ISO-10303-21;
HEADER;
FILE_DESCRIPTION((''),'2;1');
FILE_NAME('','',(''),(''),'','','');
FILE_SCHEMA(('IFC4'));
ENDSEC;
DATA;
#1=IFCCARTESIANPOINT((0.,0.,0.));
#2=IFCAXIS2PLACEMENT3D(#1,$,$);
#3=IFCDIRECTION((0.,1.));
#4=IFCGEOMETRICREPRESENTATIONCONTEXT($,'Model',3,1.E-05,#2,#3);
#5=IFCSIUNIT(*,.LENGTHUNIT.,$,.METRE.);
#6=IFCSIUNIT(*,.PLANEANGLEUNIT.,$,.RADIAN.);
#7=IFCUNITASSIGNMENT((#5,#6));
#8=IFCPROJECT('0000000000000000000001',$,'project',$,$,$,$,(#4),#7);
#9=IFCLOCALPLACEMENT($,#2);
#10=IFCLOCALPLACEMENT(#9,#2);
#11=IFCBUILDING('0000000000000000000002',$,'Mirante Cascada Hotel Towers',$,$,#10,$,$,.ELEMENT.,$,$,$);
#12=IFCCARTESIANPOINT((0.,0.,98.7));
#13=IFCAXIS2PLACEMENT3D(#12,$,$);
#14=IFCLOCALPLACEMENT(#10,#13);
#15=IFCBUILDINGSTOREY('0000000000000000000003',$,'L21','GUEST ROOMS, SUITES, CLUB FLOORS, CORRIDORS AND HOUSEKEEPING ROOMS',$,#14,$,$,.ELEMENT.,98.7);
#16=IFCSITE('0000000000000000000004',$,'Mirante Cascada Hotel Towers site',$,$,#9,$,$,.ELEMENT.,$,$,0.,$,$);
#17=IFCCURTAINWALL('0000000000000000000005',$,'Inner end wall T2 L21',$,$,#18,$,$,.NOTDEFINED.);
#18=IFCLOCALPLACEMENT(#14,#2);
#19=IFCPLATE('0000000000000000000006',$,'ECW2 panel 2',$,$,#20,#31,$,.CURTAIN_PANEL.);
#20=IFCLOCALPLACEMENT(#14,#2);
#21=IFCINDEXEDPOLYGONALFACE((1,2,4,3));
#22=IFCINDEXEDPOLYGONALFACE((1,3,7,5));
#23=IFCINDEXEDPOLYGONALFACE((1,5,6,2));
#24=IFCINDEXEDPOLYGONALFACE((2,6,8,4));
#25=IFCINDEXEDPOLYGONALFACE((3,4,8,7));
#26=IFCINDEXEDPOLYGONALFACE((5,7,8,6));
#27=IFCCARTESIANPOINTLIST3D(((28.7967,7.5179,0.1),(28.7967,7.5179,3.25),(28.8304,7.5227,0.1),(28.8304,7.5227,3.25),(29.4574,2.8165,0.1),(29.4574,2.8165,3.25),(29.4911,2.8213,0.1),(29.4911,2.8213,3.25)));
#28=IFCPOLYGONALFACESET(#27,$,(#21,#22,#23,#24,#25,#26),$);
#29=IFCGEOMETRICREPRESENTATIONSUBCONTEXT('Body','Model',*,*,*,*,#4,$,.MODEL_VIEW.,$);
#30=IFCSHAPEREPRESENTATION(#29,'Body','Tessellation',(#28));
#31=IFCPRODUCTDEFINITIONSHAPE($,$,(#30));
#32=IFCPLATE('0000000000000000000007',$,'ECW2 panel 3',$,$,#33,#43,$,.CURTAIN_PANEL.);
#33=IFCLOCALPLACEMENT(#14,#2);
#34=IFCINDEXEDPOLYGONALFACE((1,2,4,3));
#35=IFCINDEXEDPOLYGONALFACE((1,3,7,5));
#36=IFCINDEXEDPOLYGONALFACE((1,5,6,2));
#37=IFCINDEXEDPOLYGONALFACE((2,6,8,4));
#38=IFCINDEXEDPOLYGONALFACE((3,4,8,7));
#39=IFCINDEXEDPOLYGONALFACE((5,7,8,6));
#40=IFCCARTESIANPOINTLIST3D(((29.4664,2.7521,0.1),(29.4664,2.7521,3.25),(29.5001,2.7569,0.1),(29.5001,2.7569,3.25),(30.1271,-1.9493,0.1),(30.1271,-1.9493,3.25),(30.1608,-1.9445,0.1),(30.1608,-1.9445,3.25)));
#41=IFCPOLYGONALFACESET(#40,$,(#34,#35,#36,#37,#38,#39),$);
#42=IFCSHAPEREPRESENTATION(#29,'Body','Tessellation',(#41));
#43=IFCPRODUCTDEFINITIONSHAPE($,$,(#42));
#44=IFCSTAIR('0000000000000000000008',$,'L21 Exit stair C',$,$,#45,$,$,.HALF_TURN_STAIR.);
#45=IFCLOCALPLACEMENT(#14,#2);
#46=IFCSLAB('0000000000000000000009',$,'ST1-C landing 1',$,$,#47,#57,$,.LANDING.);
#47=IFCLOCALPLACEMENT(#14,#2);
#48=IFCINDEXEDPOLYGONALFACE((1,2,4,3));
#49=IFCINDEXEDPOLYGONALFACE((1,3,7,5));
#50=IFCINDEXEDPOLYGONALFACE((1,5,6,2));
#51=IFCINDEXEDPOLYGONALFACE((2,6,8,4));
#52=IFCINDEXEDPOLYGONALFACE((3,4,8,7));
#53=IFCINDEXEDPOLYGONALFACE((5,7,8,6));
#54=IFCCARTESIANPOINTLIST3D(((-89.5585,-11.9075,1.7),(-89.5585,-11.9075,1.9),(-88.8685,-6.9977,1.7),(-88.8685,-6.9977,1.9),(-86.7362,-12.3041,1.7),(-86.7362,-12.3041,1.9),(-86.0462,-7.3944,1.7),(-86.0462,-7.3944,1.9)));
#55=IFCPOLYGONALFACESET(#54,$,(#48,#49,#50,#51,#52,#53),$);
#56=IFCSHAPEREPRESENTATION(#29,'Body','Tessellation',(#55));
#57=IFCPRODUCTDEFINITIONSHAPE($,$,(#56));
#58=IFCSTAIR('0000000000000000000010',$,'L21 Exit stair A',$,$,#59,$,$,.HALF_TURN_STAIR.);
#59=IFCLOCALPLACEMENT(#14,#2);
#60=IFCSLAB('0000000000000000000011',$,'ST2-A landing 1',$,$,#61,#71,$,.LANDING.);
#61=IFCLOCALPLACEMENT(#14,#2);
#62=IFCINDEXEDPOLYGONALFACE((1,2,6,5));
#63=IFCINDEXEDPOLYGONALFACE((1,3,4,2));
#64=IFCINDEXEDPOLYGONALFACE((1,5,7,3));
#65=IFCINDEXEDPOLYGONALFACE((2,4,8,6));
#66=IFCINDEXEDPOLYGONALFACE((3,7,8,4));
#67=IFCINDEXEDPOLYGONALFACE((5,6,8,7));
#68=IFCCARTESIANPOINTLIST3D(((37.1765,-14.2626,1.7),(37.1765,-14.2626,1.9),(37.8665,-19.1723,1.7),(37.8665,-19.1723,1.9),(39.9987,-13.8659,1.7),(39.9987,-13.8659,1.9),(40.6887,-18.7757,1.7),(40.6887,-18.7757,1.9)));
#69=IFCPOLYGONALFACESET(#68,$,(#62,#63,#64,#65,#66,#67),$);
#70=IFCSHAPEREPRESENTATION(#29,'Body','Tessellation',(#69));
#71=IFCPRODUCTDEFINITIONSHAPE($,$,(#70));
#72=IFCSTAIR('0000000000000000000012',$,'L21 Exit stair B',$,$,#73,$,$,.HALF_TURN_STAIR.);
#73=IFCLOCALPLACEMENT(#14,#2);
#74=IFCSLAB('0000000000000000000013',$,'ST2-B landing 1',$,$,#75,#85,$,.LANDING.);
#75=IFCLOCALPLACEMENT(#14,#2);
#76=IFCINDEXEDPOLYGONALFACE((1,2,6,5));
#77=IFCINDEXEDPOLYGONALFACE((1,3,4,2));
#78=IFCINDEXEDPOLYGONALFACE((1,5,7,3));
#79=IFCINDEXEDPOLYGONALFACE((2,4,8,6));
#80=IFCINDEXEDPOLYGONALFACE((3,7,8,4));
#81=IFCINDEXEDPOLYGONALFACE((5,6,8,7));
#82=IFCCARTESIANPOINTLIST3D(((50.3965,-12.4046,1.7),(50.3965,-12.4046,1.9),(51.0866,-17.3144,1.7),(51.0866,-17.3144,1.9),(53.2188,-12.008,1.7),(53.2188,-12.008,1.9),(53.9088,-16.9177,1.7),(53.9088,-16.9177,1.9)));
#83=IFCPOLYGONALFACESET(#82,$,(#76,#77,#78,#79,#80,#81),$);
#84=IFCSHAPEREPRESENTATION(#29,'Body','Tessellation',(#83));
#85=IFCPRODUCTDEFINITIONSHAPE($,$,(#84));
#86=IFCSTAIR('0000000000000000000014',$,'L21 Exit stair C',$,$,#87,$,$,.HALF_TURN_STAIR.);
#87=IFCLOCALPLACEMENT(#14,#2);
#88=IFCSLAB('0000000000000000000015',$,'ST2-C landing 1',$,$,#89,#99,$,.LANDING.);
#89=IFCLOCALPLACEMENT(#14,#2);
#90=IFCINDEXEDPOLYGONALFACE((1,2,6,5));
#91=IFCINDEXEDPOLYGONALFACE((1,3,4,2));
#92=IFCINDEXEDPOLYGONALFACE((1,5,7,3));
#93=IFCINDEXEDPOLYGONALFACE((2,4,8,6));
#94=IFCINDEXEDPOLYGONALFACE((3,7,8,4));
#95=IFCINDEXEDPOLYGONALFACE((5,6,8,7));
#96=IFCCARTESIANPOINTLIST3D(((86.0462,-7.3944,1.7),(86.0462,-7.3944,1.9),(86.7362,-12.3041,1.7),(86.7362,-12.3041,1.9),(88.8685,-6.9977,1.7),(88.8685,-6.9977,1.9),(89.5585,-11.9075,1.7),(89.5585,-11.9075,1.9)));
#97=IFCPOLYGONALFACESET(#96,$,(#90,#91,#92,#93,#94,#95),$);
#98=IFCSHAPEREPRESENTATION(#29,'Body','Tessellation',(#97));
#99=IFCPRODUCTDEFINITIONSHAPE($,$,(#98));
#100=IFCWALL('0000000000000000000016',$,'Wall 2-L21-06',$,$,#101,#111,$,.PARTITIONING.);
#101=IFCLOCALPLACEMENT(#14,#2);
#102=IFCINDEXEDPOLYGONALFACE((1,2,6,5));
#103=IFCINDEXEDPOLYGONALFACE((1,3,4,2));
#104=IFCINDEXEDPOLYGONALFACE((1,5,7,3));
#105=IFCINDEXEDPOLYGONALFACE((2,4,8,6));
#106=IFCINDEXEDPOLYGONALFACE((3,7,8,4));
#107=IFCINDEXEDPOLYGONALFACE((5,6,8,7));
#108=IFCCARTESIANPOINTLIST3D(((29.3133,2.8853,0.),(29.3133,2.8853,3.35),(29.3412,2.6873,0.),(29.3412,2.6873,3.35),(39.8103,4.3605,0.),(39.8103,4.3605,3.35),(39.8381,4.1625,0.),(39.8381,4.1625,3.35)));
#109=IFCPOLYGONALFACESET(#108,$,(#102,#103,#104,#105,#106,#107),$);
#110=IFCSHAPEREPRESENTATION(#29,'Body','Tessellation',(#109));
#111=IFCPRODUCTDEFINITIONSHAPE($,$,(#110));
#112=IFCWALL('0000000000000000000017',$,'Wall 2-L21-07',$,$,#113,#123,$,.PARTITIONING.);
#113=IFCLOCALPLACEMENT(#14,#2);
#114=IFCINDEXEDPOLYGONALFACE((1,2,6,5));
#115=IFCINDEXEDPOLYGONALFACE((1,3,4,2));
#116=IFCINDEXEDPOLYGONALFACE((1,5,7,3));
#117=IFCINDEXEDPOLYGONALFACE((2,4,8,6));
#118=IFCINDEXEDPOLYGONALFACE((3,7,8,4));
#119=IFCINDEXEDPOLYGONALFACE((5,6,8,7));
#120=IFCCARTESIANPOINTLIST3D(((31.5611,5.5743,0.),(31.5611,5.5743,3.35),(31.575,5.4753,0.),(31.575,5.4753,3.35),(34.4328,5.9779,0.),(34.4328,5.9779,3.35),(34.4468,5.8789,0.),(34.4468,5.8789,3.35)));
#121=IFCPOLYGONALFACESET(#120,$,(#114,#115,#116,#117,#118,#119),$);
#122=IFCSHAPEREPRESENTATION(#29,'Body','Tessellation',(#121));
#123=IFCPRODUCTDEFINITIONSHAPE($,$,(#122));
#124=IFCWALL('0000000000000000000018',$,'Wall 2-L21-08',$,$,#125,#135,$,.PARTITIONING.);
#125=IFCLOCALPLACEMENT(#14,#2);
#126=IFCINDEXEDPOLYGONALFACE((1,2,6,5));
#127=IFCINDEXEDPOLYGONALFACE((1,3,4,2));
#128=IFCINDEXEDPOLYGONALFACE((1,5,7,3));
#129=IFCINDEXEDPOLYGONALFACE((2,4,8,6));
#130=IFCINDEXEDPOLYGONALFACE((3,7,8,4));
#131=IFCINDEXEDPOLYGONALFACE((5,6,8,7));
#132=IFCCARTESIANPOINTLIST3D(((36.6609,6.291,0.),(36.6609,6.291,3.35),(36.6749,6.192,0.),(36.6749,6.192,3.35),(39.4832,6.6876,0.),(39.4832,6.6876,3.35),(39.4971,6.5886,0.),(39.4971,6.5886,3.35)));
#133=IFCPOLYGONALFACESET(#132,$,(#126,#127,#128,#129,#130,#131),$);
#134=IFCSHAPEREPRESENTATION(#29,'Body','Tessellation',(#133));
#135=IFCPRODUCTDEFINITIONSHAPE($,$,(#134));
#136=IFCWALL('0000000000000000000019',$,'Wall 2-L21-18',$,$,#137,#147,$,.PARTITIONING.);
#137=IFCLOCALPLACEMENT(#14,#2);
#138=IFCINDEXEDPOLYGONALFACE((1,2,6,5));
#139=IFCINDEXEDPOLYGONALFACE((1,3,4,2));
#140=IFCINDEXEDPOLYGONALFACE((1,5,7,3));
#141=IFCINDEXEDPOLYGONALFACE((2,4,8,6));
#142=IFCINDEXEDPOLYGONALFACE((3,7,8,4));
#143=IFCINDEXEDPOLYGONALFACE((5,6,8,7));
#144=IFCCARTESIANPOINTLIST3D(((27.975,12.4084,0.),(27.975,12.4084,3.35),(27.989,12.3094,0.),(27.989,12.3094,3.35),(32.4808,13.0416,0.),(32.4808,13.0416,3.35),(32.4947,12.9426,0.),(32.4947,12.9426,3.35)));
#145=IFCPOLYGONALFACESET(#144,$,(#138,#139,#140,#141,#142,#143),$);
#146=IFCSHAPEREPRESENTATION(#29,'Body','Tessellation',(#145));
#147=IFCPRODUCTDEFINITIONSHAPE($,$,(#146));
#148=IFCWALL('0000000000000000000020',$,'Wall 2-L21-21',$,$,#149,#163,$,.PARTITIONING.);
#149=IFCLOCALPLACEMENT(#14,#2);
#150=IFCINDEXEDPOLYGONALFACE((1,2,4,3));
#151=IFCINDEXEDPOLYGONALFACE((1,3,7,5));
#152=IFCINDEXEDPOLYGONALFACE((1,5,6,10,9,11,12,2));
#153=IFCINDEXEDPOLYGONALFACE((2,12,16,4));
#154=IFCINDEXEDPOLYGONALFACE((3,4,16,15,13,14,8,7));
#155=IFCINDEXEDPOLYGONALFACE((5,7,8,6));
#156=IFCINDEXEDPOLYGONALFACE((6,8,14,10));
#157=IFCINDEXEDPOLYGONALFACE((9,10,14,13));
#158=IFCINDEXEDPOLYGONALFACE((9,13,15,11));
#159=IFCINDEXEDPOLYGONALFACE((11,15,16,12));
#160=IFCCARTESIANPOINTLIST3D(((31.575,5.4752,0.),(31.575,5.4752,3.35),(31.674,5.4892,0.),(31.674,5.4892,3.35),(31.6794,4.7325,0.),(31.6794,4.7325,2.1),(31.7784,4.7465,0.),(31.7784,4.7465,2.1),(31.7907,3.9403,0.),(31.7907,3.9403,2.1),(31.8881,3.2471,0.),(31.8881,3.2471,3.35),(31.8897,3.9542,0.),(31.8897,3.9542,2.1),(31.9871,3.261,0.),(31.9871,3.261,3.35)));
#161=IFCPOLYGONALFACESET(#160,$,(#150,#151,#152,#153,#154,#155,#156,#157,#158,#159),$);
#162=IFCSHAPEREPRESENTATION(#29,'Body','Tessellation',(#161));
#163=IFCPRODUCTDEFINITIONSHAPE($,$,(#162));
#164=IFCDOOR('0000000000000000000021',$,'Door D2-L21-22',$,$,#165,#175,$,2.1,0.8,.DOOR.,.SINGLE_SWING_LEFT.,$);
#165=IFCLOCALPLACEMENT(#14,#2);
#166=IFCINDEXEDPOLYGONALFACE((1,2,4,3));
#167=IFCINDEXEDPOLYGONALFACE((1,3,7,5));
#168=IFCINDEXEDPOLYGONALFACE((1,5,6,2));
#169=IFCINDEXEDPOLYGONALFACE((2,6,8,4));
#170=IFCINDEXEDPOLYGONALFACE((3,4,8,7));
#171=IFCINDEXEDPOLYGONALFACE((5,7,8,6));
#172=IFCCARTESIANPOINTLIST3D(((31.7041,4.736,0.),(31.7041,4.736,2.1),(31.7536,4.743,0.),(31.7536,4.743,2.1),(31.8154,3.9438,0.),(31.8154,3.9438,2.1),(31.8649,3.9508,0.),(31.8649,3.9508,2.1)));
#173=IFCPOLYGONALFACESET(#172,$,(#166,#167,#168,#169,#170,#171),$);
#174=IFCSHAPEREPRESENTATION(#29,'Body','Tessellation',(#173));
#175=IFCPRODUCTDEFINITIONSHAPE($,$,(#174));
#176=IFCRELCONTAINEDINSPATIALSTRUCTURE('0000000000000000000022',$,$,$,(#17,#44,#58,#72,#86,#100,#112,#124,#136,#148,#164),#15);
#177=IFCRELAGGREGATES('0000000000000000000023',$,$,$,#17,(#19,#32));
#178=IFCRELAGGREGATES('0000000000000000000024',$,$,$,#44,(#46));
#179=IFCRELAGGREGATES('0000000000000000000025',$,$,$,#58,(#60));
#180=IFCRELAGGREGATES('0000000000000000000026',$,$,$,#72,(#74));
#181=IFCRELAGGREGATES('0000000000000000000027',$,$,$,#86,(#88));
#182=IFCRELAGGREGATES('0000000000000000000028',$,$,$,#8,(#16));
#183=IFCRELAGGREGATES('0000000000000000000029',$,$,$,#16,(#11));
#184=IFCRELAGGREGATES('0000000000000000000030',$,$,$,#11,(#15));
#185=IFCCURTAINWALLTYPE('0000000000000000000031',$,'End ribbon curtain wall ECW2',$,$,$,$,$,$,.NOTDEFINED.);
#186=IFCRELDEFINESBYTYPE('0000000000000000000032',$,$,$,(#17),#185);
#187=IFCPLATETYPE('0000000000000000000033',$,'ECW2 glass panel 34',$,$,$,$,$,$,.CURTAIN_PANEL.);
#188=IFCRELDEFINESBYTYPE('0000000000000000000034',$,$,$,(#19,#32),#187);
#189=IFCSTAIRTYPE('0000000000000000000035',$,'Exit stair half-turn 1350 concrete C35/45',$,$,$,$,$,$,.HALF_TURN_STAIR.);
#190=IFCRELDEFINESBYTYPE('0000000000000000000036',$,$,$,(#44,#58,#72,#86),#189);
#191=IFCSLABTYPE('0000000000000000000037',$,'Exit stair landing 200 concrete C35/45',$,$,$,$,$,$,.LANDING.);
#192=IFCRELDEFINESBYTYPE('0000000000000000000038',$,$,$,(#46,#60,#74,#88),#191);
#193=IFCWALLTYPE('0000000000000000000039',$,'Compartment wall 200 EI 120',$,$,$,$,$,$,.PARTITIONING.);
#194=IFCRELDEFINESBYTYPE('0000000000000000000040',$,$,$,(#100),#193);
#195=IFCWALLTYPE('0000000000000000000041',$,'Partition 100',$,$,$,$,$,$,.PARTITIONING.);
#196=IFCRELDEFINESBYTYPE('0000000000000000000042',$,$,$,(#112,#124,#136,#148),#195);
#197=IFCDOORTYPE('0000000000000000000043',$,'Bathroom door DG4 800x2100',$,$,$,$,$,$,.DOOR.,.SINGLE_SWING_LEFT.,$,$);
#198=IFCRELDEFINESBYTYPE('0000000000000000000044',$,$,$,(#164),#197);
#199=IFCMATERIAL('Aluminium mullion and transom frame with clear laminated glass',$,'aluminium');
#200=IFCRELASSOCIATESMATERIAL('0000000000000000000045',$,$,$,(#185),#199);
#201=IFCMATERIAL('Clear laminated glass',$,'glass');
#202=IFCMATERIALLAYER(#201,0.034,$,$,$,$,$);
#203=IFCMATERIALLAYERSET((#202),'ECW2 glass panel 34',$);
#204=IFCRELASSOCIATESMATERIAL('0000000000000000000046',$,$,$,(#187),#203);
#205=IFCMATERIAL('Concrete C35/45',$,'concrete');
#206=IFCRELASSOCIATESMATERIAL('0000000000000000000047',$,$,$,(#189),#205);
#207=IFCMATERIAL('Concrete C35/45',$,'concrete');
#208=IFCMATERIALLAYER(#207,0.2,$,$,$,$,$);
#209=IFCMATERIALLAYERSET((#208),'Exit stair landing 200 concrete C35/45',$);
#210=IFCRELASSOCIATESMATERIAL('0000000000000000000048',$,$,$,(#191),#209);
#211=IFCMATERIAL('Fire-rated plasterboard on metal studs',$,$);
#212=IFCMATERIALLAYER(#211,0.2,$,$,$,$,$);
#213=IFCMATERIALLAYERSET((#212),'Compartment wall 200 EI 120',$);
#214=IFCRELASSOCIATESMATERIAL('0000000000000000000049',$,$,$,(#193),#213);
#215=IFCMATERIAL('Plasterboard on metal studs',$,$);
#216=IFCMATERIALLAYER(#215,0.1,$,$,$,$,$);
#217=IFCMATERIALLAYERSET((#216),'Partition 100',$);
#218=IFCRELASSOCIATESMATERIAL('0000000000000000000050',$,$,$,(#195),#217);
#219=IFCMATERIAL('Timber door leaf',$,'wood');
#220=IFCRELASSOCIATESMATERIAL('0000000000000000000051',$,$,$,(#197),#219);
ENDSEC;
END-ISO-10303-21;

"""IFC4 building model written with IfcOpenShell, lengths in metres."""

from ifc_helpers import new_model, si_unit, direction, frame, frame_2d, origin, origin_2d, place, context, subcontext, project, spatial, polyline, rectangle, outline, extrude, material, layer, layer_set, type_object, element, fill, aggregate, save


model = new_model("IFC4")

# Units and contexts
model_context = context("Model", 3, precision=1e-05, world=origin(), true_north=direction((0.0, 1.0)))
body_context = subcontext(model_context, "Body", "Model", "MODEL_VIEW")
ifc_project = project(units=[si_unit("LENGTHUNIT", "METRE"), si_unit("PLANEANGLEUNIT", "RADIAN")], contexts=[model_context])

# Site, building, storey
site_placement = place(None, origin())
site = spatial("IfcSite", under=ifc_project, at=site_placement, Name="Mirante Cascada Hotel Towers site", CompositionType="ELEMENT", RefElevation=0.0)
building_placement = place(site_placement, origin())
building = spatial("IfcBuilding", under=site, at=building_placement, Name="Mirante Cascada Hotel Towers", CompositionType="ELEMENT")
storey_placement = place(building_placement, frame((0.0, 0.0, 98.7)))
storey = spatial("IfcBuildingStorey", under=building, at=storey_placement, Name="L21", Description="GUEST ROOMS, SUITES, CLUB FLOORS, CORRIDORS AND HOUSEKEEPING ROOMS", CompositionType="ELEMENT", Elevation=98.7)

# Curtain wall
ifc_material_1 = material(Name="Aluminium mullion and transom frame with clear laminated glass", Category="aluminium")
curtain_wall_type_1 = type_object("IfcCurtainWallType", Name="End ribbon curtain wall ECW2", PredefinedType="NOTDEFINED", material=ifc_material_1)
curtain_wall_1_placement = place(storey_placement, origin())
curtain_wall_1 = element("IfcCurtainWall", 1, at=curtain_wall_1_placement, inside=storey, type_object=curtain_wall_type_1, Name="Inner end wall T2 L21", PredefinedType="NOTDEFINED")

# Plates
ifc_material_2 = material(Name="Clear laminated glass", Category="glass")
ifc_layer_1 = layer(ifc_material_2, 0.034)
ifc_layer_set_1 = layer_set([ifc_layer_1], Name="ECW2 glass panel 34")
plate_type_1 = type_object("IfcPlateType", Name="ECW2 glass panel 34", PredefinedType="CURTAIN_PANEL", material=ifc_layer_set_1)
plate_1_placement = place(storey_placement, frame((29.1439, 5.1696, 0.1), z_axis=(0.0, 0.0, 1.0), x_axis=(0.139173, -0.990268, 0.0)))
plate_1 = element("IfcPlate", 2, at=plate_1_placement, type_object=plate_type_1, Name="ECW2 panel 2", PredefinedType="CURTAIN_PANEL", context=body_context, shape_type="SweptSolid", body=[
    extrude(rectangle(XDim=4.7476, YDim=0.034, at=origin_2d()), origin(), (0.0, 0.0, 1.0), 3.15),
])
plate_2_placement = place(storey_placement, frame((29.8136, 0.4038, 0.1), z_axis=(0.0, 0.0, 1.0), x_axis=(0.139173, -0.990268, 0.0)))
plate_2 = element("IfcPlate", 3, at=plate_2_placement, type_object=plate_type_1, Name="ECW2 panel 3", PredefinedType="CURTAIN_PANEL", context=body_context, shape_type="SweptSolid", body=[
    extrude(rectangle(XDim=4.7476, YDim=0.034, at=origin_2d()), origin(), (0.0, 0.0, 1.0), 3.15),
])
aggregate(curtain_wall_1, [plate_1, plate_2])

# Stairs, slabs
ifc_material_3 = material(Name="Concrete C35/45", Category="concrete")
stair_type = type_object("IfcStairType", Name="Exit stair half-turn 1350 concrete C35/45", PredefinedType="HALF_TURN_STAIR", material=ifc_material_3)
stair_1_placement = place(storey_placement, origin())
stair_1 = element("IfcStair", 4, at=stair_1_placement, inside=storey, type_object=stair_type, Name="L21 Exit stair C", PredefinedType="HALF_TURN_STAIR")
ifc_material_4 = material(Name="Concrete C35/45", Category="concrete")
ifc_layer_2 = layer(ifc_material_4, 0.2)
ifc_layer_set_2 = layer_set([ifc_layer_2], Name="Exit stair landing 200 concrete C35/45")
slab_type = type_object("IfcSlabType", Name="Exit stair landing 200 concrete C35/45", PredefinedType="LANDING", material=ifc_layer_set_2)
slab_1_placement = place(storey_placement, frame((0.0, 0.0, 1.7)))
slab_1 = element("IfcSlab", 5, at=slab_1_placement, type_object=slab_type, Name="ST1-C landing 1", PredefinedType="LANDING", context=body_context, shape_type="SweptSolid", body=[
    extrude(outline(polyline([(-88.8685, -6.9977), (-89.5585, -11.9075), (-86.7362, -12.3041), (-86.0462, -7.3944), (-88.8685, -6.9977)])), origin(), (0.0, 0.0, 1.0), 0.2),
])
aggregate(stair_1, [slab_1])
stair_2_placement = place(storey_placement, origin())
stair_2 = element("IfcStair", 6, at=stair_2_placement, inside=storey, type_object=stair_type, Name="L21 Exit stair A", PredefinedType="HALF_TURN_STAIR")
slab_2_placement = place(storey_placement, frame((0.0, 0.0, 1.7)))
slab_2 = element("IfcSlab", 7, at=slab_2_placement, type_object=slab_type, Name="ST2-A landing 1", PredefinedType="LANDING", context=body_context, shape_type="SweptSolid", body=[
    extrude(outline(polyline([(37.1765, -14.2626), (37.8665, -19.1723), (40.6887, -18.7757), (39.9987, -13.8659), (37.1765, -14.2626)])), origin(), (0.0, 0.0, 1.0), 0.2),
])
aggregate(stair_2, [slab_2])
stair_3_placement = place(storey_placement, origin())
stair_3 = element("IfcStair", 8, at=stair_3_placement, inside=storey, type_object=stair_type, Name="L21 Exit stair B", PredefinedType="HALF_TURN_STAIR")
slab_3_placement = place(storey_placement, frame((0.0, 0.0, 1.7)))
slab_3 = element("IfcSlab", 9, at=slab_3_placement, type_object=slab_type, Name="ST2-B landing 1", PredefinedType="LANDING", context=body_context, shape_type="SweptSolid", body=[
    extrude(outline(polyline([(50.3965, -12.4046), (51.0866, -17.3144), (53.9088, -16.9177), (53.2188, -12.008), (50.3965, -12.4046)])), origin(), (0.0, 0.0, 1.0), 0.2),
])
aggregate(stair_3, [slab_3])
stair_4_placement = place(storey_placement, origin())
stair_4 = element("IfcStair", 10, at=stair_4_placement, inside=storey, type_object=stair_type, Name="L21 Exit stair C", PredefinedType="HALF_TURN_STAIR")
slab_4_placement = place(storey_placement, frame((0.0, 0.0, 1.7)))
slab_4 = element("IfcSlab", 11, at=slab_4_placement, type_object=slab_type, Name="ST2-C landing 1", PredefinedType="LANDING", context=body_context, shape_type="SweptSolid", body=[
    extrude(outline(polyline([(86.0462, -7.3944), (86.7362, -12.3041), (89.5585, -11.9075), (88.8685, -6.9977), (86.0462, -7.3944)])), origin(), (0.0, 0.0, 1.0), 0.2),
])
aggregate(stair_4, [slab_4])

# Walls
ifc_material_5 = material(Name="Fire-rated plasterboard on metal studs")
ifc_layer_3 = layer(ifc_material_5, 0.2)
ifc_layer_set_3 = layer_set([ifc_layer_3], Name="Compartment wall 200 EI 120")
wall_type_1 = type_object("IfcWallType", Name="Compartment wall 200 EI 120", PredefinedType="PARTITIONING", material=ifc_layer_set_3)
wall_1_placement = place(storey_placement, frame((29.3273, 2.7863, 0.0), z_axis=(0.0, 0.0, 1.0), x_axis=(0.990269, 0.139169, 0.0)))
element("IfcWall", 12, at=wall_1_placement, inside=storey, type_object=wall_type_1, Name="Wall 2-L21-06", PredefinedType="PARTITIONING", context=body_context, shape_type="SweptSolid", body=[
    extrude(rectangle(XDim=10.6001, YDim=0.2, at=frame_2d((5.3, 0.0))), origin(), (0.0, 0.0, 1.0), 3.35),
])
ifc_material_6 = material(Name="Plasterboard on metal studs")
ifc_layer_4 = layer(ifc_material_6, 0.1)
ifc_layer_set_4 = layer_set([ifc_layer_4], Name="Partition 100")
wall_type_2 = type_object("IfcWallType", Name="Partition 100", PredefinedType="PARTITIONING", material=ifc_layer_set_4)
wall_2_placement = place(storey_placement, frame((34.4398, 5.9284, 0.0), z_axis=(0.0, 0.0, 1.0), x_axis=(-0.990268, -0.139171, 0.0)))
element("IfcWall", 13, at=wall_2_placement, inside=storey, type_object=wall_type_2, Name="Wall 2-L21-07", PredefinedType="PARTITIONING", context=body_context, shape_type="SweptSolid", body=[
    extrude(rectangle(XDim=2.9, YDim=0.1, at=frame_2d((1.45, 0.0))), origin(), (0.0, 0.0, 1.0), 3.35),
])
wall_3_placement = place(storey_placement, frame((36.6679, 6.2415, 0.0), z_axis=(0.0, 0.0, 1.0), x_axis=(0.99027, 0.139156, 0.0)))
element("IfcWall", 14, at=wall_3_placement, inside=storey, type_object=wall_type_2, Name="Wall 2-L21-08", PredefinedType="PARTITIONING", context=body_context, shape_type="SweptSolid", body=[
    extrude(rectangle(XDim=2.85, YDim=0.1, at=frame_2d((1.425, 0.0))), origin(), (0.0, 0.0, 1.0), 3.35),
])
wall_4_placement = place(storey_placement, frame((27.982, 12.3589, 0.0), z_axis=(0.0, 0.0, 1.0), x_axis=(0.990269, 0.139166, 0.0)))
element("IfcWall", 15, at=wall_4_placement, inside=storey, type_object=wall_type_2, Name="Wall 2-L21-18", PredefinedType="PARTITIONING", context=body_context, shape_type="SweptSolid", body=[
    extrude(rectangle(XDim=4.55, YDim=0.1, at=frame_2d((2.275, 0.0))), origin(), (0.0, 0.0, 1.0), 3.35),
])

# Wall, opening, door
wall_5_placement = place(storey_placement, frame((31.6245, 5.4822, 0.0), z_axis=(0.0, 0.0, 1.0), x_axis=(0.139156, -0.990271, 0.0)))
wall_5 = element("IfcWall", 16, at=wall_5_placement, inside=storey, type_object=wall_type_2, Name="Wall 2-L21-21", PredefinedType="PARTITIONING", context=body_context, shape_type="SweptSolid", body=[
    extrude(rectangle(XDim=2.25, YDim=0.1, at=frame_2d((1.125, 0.0))), origin(), (0.0, 0.0, 1.0), 3.35),
])
opening_1_placement = place(wall_5_placement, frame((0.75, 0.0, 0.0)))
opening_1 = element("IfcOpeningElement", 17, at=opening_1_placement, cuts=wall_5, PredefinedType="OPENING", context=body_context, shape_type="SweptSolid", body=[
    extrude(rectangle(XDim=0.8, YDim=2.1, at=frame_2d((0.4, 1.05))), frame((0.0, 0.05, 0.0), z_axis=(0.0, -1.0, 0.0), x_axis=(1.0, 0.0, 0.0)), (0.0, 0.0, 1.0), 0.1),
])
ifc_material_7 = material(Name="Timber door leaf", Category="wood")
door_type_1 = type_object("IfcDoorType", Name="Bathroom door DG4 800x2100", OperationType="SINGLE_SWING_LEFT", PredefinedType="DOOR", material=ifc_material_7)
door_1_placement = place(opening_1_placement, origin())
door_1 = element("IfcDoor", 18, at=door_1_placement, inside=storey, type_object=door_type_1, Name="Door D2-L21-22", OperationType="SINGLE_SWING_LEFT", OverallHeight=2.1, OverallWidth=0.8, PredefinedType="DOOR", context=body_context, shape_type="SweptSolid", body=[
    extrude(rectangle(XDim=0.8, YDim=2.1, at=frame_2d((0.4, 1.05))), frame((0.0, 0.025, 0.0), z_axis=(0.0, -1.0, 0.0), x_axis=(1.0, 0.0, 0.0)), (0.0, 0.0, 1.0), 0.05),
])
fill(opening_1, door_1)

save(model, "model.ifc")
